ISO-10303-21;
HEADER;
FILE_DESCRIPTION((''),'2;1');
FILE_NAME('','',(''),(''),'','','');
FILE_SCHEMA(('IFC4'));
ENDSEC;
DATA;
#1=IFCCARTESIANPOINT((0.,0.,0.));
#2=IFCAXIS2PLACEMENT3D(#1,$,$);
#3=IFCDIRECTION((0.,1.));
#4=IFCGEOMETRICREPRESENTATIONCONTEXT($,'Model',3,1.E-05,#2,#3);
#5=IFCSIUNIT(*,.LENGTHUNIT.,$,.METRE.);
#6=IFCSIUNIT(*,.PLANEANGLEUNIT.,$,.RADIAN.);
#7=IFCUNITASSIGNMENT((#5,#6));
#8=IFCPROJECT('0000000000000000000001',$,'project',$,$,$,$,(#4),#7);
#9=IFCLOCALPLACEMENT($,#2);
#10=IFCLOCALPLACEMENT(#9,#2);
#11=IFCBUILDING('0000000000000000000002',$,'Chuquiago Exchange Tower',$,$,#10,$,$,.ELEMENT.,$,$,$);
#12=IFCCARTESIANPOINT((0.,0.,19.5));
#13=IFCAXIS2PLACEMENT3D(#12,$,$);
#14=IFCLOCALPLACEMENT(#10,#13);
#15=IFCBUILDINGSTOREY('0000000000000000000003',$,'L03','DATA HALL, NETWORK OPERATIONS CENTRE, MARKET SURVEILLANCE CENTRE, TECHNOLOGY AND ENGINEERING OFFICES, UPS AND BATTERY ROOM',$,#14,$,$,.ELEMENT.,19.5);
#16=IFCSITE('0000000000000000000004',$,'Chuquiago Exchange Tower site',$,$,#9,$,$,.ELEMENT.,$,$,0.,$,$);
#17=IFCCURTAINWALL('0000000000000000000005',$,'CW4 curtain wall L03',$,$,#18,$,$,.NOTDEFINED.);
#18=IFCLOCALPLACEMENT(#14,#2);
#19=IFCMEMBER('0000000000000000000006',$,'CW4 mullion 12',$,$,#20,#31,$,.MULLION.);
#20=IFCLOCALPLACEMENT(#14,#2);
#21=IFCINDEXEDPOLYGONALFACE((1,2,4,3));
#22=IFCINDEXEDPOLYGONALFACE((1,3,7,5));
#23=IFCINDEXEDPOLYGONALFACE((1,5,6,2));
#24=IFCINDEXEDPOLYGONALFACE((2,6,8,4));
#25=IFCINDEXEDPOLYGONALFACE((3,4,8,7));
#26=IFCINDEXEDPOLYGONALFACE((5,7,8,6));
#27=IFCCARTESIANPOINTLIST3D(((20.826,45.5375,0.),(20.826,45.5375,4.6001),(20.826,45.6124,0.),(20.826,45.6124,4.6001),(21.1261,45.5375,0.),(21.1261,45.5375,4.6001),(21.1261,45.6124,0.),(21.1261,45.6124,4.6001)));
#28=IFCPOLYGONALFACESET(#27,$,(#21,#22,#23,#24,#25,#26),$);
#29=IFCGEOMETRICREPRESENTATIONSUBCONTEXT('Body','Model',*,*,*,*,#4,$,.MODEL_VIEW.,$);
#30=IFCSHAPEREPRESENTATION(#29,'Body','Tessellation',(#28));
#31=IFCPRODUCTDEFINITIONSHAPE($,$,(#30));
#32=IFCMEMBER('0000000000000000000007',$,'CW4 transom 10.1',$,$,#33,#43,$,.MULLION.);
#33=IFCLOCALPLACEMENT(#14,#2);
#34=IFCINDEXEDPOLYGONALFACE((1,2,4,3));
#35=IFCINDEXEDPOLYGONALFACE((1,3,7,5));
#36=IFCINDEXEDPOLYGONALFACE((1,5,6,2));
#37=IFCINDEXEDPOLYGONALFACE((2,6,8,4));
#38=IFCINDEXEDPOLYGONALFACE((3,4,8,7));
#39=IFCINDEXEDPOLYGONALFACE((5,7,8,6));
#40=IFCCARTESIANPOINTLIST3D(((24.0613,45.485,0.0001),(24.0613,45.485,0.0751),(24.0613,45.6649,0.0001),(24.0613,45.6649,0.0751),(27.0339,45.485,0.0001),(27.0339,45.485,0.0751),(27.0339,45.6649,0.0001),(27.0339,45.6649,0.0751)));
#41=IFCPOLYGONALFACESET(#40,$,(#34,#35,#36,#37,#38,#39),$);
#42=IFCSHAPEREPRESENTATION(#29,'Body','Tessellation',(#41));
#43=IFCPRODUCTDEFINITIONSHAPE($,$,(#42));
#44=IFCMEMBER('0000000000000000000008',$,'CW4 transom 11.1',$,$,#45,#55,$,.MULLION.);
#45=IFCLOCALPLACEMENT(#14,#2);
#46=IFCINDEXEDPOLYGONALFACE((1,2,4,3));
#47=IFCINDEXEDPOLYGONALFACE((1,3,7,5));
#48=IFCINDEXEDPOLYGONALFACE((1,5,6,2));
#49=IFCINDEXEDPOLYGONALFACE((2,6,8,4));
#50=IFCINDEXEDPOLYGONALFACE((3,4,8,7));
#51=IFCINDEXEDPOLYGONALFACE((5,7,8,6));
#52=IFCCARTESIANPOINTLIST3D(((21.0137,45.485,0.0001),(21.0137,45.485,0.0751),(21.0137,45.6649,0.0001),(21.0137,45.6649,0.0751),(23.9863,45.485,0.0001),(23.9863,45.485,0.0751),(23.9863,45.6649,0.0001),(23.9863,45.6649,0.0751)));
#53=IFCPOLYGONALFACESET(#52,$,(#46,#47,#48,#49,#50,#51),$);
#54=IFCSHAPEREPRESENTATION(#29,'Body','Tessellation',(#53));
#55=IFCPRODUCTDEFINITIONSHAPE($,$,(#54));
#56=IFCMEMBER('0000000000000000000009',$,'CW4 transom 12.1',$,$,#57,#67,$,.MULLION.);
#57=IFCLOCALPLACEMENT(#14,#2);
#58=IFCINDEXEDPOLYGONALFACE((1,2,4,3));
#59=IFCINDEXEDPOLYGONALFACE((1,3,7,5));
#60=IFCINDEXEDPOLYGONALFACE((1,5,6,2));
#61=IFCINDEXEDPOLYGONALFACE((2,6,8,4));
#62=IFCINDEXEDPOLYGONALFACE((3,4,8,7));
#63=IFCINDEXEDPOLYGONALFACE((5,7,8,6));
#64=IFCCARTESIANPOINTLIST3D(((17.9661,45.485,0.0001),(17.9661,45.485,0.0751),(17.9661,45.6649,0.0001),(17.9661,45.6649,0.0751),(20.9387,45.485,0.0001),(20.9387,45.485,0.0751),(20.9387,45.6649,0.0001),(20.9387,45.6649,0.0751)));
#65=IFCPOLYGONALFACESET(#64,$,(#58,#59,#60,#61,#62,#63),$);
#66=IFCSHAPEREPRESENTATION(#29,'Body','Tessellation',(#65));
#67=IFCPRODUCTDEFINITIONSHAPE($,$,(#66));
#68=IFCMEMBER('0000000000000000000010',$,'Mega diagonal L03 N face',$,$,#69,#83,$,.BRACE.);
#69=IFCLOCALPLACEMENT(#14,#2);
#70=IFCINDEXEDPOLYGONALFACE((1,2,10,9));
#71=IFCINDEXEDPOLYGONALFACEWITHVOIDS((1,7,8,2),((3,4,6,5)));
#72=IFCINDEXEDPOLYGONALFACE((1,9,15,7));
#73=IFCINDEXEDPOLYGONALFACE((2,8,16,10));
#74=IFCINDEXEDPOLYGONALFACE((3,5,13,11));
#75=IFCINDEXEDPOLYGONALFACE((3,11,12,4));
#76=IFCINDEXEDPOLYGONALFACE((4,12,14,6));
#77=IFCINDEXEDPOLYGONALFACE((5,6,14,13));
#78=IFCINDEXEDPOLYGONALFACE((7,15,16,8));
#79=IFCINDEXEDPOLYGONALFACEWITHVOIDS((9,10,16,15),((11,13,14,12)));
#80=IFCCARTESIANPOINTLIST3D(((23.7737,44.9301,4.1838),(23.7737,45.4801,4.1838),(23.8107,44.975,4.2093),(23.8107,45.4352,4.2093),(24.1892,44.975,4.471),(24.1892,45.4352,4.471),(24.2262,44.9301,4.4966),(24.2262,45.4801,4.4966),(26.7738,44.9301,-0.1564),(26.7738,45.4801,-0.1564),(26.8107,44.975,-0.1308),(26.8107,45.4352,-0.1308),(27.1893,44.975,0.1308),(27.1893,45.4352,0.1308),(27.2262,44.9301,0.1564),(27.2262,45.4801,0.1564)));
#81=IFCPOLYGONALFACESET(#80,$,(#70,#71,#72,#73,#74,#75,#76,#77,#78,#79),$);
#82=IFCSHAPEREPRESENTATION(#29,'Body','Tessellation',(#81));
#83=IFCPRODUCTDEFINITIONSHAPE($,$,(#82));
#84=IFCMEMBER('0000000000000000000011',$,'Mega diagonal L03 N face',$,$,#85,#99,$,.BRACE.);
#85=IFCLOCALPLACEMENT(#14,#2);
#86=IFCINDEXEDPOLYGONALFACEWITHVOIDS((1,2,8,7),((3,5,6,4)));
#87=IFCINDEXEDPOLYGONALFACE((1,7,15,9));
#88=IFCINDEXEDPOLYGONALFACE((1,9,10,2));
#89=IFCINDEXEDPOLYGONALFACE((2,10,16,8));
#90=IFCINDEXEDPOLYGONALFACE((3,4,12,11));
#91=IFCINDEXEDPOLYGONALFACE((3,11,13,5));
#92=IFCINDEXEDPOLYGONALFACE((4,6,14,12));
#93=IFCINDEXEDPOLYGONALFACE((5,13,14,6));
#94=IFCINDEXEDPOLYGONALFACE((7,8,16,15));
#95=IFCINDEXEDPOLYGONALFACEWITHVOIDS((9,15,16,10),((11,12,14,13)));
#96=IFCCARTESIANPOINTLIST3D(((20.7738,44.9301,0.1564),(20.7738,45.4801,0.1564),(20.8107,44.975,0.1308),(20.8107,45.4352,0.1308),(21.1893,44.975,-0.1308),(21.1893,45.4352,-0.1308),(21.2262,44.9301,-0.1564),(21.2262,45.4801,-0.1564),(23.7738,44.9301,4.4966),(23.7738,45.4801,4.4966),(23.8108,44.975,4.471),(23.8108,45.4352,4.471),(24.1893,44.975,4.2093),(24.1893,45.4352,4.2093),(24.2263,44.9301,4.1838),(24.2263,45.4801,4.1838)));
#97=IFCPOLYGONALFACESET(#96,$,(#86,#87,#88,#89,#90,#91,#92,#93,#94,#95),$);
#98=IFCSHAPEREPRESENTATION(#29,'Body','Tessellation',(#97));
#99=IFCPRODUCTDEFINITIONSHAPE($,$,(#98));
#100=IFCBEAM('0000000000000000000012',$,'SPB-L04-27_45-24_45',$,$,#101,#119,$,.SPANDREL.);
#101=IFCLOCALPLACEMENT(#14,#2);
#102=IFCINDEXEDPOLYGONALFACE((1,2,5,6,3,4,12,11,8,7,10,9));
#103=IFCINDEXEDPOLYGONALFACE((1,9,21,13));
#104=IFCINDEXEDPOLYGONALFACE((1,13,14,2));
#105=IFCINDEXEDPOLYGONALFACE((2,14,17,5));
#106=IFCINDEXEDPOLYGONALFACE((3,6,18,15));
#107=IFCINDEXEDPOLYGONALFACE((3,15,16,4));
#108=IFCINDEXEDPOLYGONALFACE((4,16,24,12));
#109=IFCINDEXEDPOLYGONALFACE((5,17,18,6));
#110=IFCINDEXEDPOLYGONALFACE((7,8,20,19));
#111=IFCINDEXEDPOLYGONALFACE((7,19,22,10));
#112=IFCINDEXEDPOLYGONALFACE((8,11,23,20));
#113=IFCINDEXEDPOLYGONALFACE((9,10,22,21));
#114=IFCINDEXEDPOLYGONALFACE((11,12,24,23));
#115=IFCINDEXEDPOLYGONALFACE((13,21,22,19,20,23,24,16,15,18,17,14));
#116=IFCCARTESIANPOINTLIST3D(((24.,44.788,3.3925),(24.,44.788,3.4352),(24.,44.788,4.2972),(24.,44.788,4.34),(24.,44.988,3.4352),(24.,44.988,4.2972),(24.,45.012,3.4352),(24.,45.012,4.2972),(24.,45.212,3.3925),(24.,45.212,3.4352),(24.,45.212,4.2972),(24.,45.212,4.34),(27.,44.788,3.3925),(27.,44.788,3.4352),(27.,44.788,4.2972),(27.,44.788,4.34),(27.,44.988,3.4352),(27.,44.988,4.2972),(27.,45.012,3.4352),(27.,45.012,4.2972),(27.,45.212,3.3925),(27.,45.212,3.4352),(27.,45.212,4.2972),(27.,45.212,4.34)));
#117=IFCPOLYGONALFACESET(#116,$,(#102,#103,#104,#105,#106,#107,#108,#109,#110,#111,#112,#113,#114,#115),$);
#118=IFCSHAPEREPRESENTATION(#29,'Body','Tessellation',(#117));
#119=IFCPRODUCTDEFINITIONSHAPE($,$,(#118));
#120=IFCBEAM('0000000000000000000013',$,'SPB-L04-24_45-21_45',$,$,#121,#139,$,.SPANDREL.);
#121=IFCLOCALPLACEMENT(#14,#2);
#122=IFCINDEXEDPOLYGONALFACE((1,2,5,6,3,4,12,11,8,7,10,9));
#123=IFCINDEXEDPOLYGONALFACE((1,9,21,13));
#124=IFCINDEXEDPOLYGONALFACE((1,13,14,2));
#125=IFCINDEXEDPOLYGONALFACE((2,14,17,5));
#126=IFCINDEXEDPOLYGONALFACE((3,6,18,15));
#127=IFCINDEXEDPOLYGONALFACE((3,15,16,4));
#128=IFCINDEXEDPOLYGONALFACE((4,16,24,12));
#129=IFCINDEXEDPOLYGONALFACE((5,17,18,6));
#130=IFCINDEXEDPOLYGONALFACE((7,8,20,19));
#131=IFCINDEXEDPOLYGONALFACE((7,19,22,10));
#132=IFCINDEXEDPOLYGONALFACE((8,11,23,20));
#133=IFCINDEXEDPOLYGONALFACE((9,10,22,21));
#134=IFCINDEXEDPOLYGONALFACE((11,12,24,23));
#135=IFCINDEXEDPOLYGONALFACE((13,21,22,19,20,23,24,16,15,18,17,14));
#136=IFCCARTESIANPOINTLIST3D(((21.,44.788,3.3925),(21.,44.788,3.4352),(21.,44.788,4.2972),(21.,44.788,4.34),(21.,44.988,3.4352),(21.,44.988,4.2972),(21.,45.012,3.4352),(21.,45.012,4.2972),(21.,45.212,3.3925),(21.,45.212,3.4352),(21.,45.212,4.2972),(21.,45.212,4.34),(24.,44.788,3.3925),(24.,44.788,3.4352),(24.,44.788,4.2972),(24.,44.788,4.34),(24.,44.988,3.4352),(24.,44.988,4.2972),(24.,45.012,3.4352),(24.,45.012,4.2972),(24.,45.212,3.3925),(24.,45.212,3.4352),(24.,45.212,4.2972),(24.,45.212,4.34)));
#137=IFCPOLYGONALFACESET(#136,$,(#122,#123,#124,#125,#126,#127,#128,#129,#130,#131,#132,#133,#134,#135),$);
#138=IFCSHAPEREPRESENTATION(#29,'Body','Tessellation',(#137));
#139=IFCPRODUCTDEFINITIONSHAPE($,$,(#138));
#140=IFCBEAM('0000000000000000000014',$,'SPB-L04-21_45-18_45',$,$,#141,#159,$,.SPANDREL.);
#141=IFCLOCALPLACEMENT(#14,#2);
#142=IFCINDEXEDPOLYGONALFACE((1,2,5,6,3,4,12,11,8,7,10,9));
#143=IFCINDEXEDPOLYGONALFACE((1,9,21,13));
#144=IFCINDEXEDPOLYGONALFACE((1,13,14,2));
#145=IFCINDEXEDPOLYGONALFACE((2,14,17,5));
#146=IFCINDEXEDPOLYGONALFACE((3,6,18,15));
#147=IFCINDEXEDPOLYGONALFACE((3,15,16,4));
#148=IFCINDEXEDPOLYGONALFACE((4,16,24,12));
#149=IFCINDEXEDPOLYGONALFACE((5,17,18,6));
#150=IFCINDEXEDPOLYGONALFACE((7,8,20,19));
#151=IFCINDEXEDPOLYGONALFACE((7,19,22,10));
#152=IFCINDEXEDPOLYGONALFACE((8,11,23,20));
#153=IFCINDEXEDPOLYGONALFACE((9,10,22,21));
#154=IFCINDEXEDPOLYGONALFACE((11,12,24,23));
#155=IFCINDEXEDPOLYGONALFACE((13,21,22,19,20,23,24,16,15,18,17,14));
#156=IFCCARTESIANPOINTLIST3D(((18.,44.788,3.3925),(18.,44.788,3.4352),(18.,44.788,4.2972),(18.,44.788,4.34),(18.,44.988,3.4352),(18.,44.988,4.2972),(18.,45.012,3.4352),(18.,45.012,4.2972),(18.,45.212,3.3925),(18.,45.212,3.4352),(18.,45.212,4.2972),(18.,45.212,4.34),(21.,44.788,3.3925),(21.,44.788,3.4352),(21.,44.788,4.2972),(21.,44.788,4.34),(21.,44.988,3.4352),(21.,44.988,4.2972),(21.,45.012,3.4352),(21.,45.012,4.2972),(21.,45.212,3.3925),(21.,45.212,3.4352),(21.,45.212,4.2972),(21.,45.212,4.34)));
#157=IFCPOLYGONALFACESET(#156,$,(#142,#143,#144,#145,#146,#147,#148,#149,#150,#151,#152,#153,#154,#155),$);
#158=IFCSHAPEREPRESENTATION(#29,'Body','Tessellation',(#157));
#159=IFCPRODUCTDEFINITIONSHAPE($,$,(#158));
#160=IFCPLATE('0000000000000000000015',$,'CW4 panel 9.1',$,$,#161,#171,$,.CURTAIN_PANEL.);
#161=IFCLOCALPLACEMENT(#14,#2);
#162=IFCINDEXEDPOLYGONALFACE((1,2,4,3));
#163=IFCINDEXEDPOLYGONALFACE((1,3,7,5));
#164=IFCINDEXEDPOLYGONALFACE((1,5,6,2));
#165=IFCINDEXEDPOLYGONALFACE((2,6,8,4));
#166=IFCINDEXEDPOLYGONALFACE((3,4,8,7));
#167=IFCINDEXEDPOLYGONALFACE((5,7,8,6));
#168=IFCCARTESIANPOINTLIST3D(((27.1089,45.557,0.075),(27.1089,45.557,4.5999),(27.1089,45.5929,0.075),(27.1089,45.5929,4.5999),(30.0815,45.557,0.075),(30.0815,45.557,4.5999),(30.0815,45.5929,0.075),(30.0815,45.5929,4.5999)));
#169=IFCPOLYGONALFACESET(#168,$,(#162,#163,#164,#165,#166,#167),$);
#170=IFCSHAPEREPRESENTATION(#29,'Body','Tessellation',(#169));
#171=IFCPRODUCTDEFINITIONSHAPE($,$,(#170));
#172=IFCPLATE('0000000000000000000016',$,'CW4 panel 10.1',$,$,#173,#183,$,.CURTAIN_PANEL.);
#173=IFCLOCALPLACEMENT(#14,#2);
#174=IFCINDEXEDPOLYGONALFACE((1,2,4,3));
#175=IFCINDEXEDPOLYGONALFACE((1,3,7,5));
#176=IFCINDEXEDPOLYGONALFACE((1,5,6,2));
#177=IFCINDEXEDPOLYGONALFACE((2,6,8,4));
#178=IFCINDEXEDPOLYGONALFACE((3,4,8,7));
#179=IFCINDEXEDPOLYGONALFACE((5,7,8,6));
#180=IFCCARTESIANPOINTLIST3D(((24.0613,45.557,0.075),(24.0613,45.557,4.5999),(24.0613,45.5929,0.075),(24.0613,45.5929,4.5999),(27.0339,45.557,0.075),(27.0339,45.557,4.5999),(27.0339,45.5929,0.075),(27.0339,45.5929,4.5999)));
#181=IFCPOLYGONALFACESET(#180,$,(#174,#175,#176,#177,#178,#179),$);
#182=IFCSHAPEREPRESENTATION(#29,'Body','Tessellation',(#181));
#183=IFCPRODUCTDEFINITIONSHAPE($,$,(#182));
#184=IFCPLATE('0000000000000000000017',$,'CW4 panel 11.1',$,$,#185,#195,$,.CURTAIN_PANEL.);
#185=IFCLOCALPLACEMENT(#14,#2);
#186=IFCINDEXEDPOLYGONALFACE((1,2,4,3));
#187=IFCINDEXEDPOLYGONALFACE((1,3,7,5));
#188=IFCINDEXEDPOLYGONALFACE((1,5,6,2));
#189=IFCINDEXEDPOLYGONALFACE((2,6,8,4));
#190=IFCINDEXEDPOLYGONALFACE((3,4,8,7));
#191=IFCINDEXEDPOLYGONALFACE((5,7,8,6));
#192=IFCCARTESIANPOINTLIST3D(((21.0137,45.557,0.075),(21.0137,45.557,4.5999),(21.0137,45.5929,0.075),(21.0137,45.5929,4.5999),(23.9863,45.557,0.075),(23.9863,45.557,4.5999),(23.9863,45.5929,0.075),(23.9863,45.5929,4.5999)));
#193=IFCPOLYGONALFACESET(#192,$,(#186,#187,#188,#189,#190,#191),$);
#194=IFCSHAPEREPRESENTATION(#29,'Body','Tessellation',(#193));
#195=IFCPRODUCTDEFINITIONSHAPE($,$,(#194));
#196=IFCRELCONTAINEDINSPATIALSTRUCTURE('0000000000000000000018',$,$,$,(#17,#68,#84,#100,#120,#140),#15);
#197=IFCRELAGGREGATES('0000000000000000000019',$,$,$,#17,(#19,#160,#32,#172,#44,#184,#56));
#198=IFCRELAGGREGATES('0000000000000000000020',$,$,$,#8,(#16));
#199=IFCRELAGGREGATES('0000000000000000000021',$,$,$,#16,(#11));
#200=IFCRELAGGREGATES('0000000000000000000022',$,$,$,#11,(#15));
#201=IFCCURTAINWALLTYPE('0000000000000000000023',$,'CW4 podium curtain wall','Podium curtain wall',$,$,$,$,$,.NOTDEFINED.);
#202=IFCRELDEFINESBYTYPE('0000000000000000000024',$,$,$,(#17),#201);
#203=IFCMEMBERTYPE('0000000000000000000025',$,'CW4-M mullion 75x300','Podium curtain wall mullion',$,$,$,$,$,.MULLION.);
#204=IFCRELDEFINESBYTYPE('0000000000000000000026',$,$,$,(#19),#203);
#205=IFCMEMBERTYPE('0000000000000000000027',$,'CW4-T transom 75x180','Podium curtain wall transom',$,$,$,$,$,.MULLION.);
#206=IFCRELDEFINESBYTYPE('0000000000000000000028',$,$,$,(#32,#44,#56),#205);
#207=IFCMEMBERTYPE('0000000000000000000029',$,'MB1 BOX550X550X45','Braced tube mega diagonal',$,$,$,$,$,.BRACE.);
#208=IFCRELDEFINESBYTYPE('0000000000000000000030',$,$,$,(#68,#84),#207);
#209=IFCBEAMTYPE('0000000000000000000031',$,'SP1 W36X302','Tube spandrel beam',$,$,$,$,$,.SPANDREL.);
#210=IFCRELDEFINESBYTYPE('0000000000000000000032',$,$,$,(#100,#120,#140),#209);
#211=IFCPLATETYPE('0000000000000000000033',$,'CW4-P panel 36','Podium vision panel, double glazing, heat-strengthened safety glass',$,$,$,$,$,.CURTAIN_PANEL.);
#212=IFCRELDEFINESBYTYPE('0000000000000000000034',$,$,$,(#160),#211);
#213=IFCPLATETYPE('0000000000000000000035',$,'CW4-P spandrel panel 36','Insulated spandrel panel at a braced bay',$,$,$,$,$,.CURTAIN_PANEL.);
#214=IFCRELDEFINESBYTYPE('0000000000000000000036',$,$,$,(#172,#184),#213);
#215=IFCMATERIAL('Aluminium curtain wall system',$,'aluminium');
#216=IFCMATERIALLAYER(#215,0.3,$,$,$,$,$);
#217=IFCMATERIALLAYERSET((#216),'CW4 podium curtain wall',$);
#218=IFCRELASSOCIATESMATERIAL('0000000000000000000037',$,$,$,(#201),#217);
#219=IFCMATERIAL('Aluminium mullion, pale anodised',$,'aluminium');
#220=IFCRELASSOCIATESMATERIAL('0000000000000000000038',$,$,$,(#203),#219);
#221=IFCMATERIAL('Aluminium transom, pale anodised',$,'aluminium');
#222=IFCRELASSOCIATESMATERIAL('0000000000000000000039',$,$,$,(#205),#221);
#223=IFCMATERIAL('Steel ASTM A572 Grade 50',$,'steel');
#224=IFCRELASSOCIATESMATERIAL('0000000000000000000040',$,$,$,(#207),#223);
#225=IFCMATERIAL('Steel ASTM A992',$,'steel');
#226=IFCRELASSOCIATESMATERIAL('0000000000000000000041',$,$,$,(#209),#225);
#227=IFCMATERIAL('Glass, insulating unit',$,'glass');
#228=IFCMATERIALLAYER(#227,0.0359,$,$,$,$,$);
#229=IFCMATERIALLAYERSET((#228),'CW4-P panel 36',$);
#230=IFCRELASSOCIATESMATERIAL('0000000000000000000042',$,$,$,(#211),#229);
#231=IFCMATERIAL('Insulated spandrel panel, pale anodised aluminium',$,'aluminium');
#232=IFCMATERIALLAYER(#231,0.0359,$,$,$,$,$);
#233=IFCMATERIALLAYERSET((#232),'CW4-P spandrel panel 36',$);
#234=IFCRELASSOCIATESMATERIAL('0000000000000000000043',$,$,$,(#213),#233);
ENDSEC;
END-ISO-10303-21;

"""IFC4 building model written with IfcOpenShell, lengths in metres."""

from ifc_helpers import new_model, si_unit, direction, frame, origin, origin_2d, place, context, subcontext, project, spatial, rectangle, hollow_rectangle, i_section, extrude, material, layer, layer_set, material_profile, profile_set, type_object, element, aggregate, save


model = new_model("IFC4")

# Units and contexts
model_context = context("Model", 3, precision=1e-05, world=origin(), true_north=direction((0.0, 1.0)))
body_context = subcontext(model_context, "Body", "Model", "MODEL_VIEW")
ifc_project = project(units=[si_unit("LENGTHUNIT", "METRE"), si_unit("PLANEANGLEUNIT", "RADIAN")], contexts=[model_context])

# Site, building, storey
site_placement = place(None, origin())
site = spatial("IfcSite", under=ifc_project, at=site_placement, Name="Chuquiago Exchange Tower site", CompositionType="ELEMENT", RefElevation=0.0)
building_placement = place(site_placement, origin())
building = spatial("IfcBuilding", under=site, at=building_placement, Name="Chuquiago Exchange Tower", CompositionType="ELEMENT")
storey_placement = place(building_placement, frame((0.0, 0.0, 19.5)))
storey = spatial("IfcBuildingStorey", under=building, at=storey_placement, Name="L03", Description="DATA HALL, NETWORK OPERATIONS CENTRE, MARKET SURVEILLANCE CENTRE, TECHNOLOGY AND ENGINEERING OFFICES, UPS AND BATTERY ROOM", CompositionType="ELEMENT", Elevation=19.5)

# Curtain wall, members
ifc_material_1 = material(Name="Aluminium curtain wall system", Category="aluminium")
ifc_layer_1 = layer(ifc_material_1, 0.3)
ifc_layer_set_1 = layer_set([ifc_layer_1], Name="CW4 podium curtain wall")
curtain_wall_type = type_object("IfcCurtainWallType", Name="CW4 podium curtain wall", Description="Podium curtain wall", PredefinedType="NOTDEFINED", material=ifc_layer_set_1)
curtain_wall_placement = place(storey_placement, origin())
curtain_wall = element("IfcCurtainWall", 1, at=curtain_wall_placement, inside=storey, type_object=curtain_wall_type, Name="CW4 curtain wall L03", PredefinedType="NOTDEFINED")
ifc_material_2 = material(Name="Aluminium mullion, pale anodised", Category="aluminium")
ifc_material_profile_1 = material_profile(ifc_material_2, rectangle(XDim=0.075, YDim=0.3, at=origin_2d()), Name="AL 75x300")
ifc_profile_set_1 = profile_set([ifc_material_profile_1], Name="Aluminium mullion, pale anodised")
member_type_1 = type_object("IfcMemberType", Name="CW4-M mullion 75x300", Description="Podium curtain wall mullion", PredefinedType="MULLION", material=ifc_profile_set_1)
member_1_placement = place(storey_placement, frame((20.9761, 45.575, 0.0), z_axis=(0.0, 0.0, 1.0), x_axis=(0.0, -1.0, 0.0)))
member_1 = element("IfcMember", 2, at=member_1_placement, type_object=member_type_1, Name="CW4 mullion 12", PredefinedType="MULLION", context=body_context, shape_type="SweptSolid", body=[
    extrude(rectangle(XDim=0.075, YDim=0.3, at=origin_2d()), origin(), (0.0, 0.0, 1.0), 4.6001),
])
ifc_material_3 = material(Name="Aluminium transom, pale anodised", Category="aluminium")
ifc_material_profile_2 = material_profile(ifc_material_3, rectangle(XDim=0.1799, YDim=0.075, at=origin_2d()), Name="AL 180x75")
ifc_profile_set_2 = profile_set([ifc_material_profile_2], Name="Aluminium transom, pale anodised")
member_type_2 = type_object("IfcMemberType", Name="CW4-T transom 75x180", Description="Podium curtain wall transom", PredefinedType="MULLION", material=ifc_profile_set_2)
member_2_placement = place(storey_placement, frame((27.0339, 45.575, 0.0376), z_axis=(-1.0, 0.0, 0.0), x_axis=(0.0, -1.0, 0.0)))
member_2 = element("IfcMember", 3, at=member_2_placement, type_object=member_type_2, Name="CW4 transom 10.1", PredefinedType="MULLION", context=body_context, shape_type="SweptSolid", body=[
    extrude(rectangle(XDim=0.1799, YDim=0.075, at=origin_2d()), origin(), (0.0, 0.0, 1.0), 2.9727),
])
member_3_placement = place(storey_placement, frame((23.9863, 45.575, 0.0376), z_axis=(-1.0, 0.0, 0.0), x_axis=(0.0, -1.0, 0.0)))
member_3 = element("IfcMember", 4, at=member_3_placement, type_object=member_type_2, Name="CW4 transom 11.1", PredefinedType="MULLION", context=body_context, shape_type="SweptSolid", body=[
    extrude(rectangle(XDim=0.1799, YDim=0.075, at=origin_2d()), origin(), (0.0, 0.0, 1.0), 2.9727),
])
member_4_placement = place(storey_placement, frame((20.9387, 45.575, 0.0376), z_axis=(-1.0, 0.0, 0.0), x_axis=(0.0, -1.0, 0.0)))
member_4 = element("IfcMember", 5, at=member_4_placement, type_object=member_type_2, Name="CW4 transom 12.1", PredefinedType="MULLION", context=body_context, shape_type="SweptSolid", body=[
    extrude(rectangle(XDim=0.1799, YDim=0.075, at=origin_2d()), origin(), (0.0, 0.0, 1.0), 2.9727),
])

# Members
ifc_material_4 = material(Name="Steel ASTM A572 Grade 50", Category="steel")
ifc_material_profile_3 = material_profile(ifc_material_4, hollow_rectangle(XDim=0.55, YDim=0.55, WallThickness=0.0449, at=origin_2d()), Name="BOX550X550X45")
ifc_profile_set_3 = profile_set([ifc_material_profile_3], Name="Steel ASTM A572 Grade 50")
member_type_3 = type_object("IfcMemberType", Name="MB1 BOX550X550X45", Description="Braced tube mega diagonal", PredefinedType="BRACE", material=ifc_profile_set_3)
for number, where, z_axis, x_axis, name in (
    (6, (27.0, 45.2051, 0.0), (-0.568611, 0.0, 0.822607), (0.0, -1.0, 0.0), "Mega diagonal L03 N face"),
    (7, (21.0, 45.2051, 0.0), (0.568611, 0.0, 0.822607), (0.0, 1.0, 0.0), "Mega diagonal L03 N face"),
):
    element("IfcMember", number, at=place(storey_placement, frame(where, z_axis=z_axis, x_axis=x_axis)), inside=storey, type_object=member_type_3, Name=name, PredefinedType="BRACE", context=body_context, shape_type="SweptSolid", body=[
        extrude(hollow_rectangle(XDim=0.55, YDim=0.55, WallThickness=0.0449, at=origin_2d()), origin(), (0.0, 0.0, 1.0), 5.2761),
    ])

# Beams
ifc_material_5 = material(Name="Steel ASTM A992", Category="steel")
ifc_material_profile_4 = material_profile(ifc_material_5, i_section(OverallWidth=0.4241, OverallDepth=0.9475, WebThickness=0.0239, FlangeThickness=0.0427, at=origin_2d()), Name="W36X302")
ifc_profile_set_4 = profile_set([ifc_material_profile_4], Name="Steel ASTM A992")
beam_type_1 = type_object("IfcBeamType", Name="SP1 W36X302", Description="Tube spandrel beam", PredefinedType="SPANDREL", material=ifc_profile_set_4)
for number, where, z_axis, x_axis, name in (
    (8, (27.0, 45.0, 3.8662), (-1.0, 0.0, 0.0), (0.0, -1.0, 0.0), "SPB-L04-27_45-24_45"),
    (9, (24.0, 45.0, 3.8662), (-1.0, 0.0, 0.0), (0.0, -1.0, 0.0), "SPB-L04-24_45-21_45"),
    (10, (21.0, 45.0, 3.8662), (-1.0, 0.0, 0.0), (0.0, -1.0, 0.0), "SPB-L04-21_45-18_45"),
):
    element("IfcBeam", number, at=place(storey_placement, frame(where, z_axis=z_axis, x_axis=x_axis)), inside=storey, type_object=beam_type_1, Name=name, PredefinedType="SPANDREL", context=body_context, shape_type="SweptSolid", body=[
        extrude(i_section(OverallWidth=0.4241, OverallDepth=0.9475, WebThickness=0.0239, FlangeThickness=0.0427, at=origin_2d()), origin(), (0.0, 0.0, 1.0), 3.0),
    ])

# Plates
ifc_material_6 = material(Name="Glass, insulating unit", Category="glass")
ifc_layer_2 = layer(ifc_material_6, 0.0359)
ifc_layer_set_2 = layer_set([ifc_layer_2], Name="CW4-P panel 36")
plate_type_1 = type_object("IfcPlateType", Name="CW4-P panel 36", Description="Podium vision panel, double glazing, heat-strengthened safety glass", PredefinedType="CURTAIN_PANEL", material=ifc_layer_set_2)
plate_1_placement = place(storey_placement, frame((28.5952, 45.575, 0.075), z_axis=(0.0, 0.0, 1.0), x_axis=(-1.0, 0.0, 0.0)))
plate_1 = element("IfcPlate", 11, at=plate_1_placement, type_object=plate_type_1, Name="CW4 panel 9.1", PredefinedType="CURTAIN_PANEL", context=body_context, shape_type="SweptSolid", body=[
    extrude(rectangle(XDim=2.9727, YDim=0.0359, at=origin_2d()), origin(), (0.0, 0.0, 1.0), 4.5249),
])
ifc_material_7 = material(Name="Insulated spandrel panel, pale anodised aluminium", Category="aluminium")
ifc_layer_3 = layer(ifc_material_7, 0.0359)
ifc_layer_set_3 = layer_set([ifc_layer_3], Name="CW4-P spandrel panel 36")
plate_type_2 = type_object("IfcPlateType", Name="CW4-P spandrel panel 36", Description="Insulated spandrel panel at a braced bay", PredefinedType="CURTAIN_PANEL", material=ifc_layer_set_3)
plate_2_placement = place(storey_placement, frame((25.5476, 45.575, 0.075), z_axis=(0.0, 0.0, 1.0), x_axis=(-1.0, 0.0, 0.0)))
plate_2 = element("IfcPlate", 12, at=plate_2_placement, type_object=plate_type_2, Name="CW4 panel 10.1", PredefinedType="CURTAIN_PANEL", context=body_context, shape_type="SweptSolid", body=[
    extrude(rectangle(XDim=2.9727, YDim=0.0359, at=origin_2d()), origin(), (0.0, 0.0, 1.0), 4.5249),
])
plate_3_placement = place(storey_placement, frame((22.5, 45.575, 0.075), z_axis=(0.0, 0.0, 1.0), x_axis=(-1.0, 0.0, 0.0)))
plate_3 = element("IfcPlate", 13, at=plate_3_placement, type_object=plate_type_2, Name="CW4 panel 11.1", PredefinedType="CURTAIN_PANEL", context=body_context, shape_type="SweptSolid", body=[
    extrude(rectangle(XDim=2.9727, YDim=0.0359, at=origin_2d()), origin(), (0.0, 0.0, 1.0), 4.5249),
])
aggregate(curtain_wall, [member_1, plate_1, member_2, plate_2, member_3, plate_3, member_4])

save(model, "model.ifc")
